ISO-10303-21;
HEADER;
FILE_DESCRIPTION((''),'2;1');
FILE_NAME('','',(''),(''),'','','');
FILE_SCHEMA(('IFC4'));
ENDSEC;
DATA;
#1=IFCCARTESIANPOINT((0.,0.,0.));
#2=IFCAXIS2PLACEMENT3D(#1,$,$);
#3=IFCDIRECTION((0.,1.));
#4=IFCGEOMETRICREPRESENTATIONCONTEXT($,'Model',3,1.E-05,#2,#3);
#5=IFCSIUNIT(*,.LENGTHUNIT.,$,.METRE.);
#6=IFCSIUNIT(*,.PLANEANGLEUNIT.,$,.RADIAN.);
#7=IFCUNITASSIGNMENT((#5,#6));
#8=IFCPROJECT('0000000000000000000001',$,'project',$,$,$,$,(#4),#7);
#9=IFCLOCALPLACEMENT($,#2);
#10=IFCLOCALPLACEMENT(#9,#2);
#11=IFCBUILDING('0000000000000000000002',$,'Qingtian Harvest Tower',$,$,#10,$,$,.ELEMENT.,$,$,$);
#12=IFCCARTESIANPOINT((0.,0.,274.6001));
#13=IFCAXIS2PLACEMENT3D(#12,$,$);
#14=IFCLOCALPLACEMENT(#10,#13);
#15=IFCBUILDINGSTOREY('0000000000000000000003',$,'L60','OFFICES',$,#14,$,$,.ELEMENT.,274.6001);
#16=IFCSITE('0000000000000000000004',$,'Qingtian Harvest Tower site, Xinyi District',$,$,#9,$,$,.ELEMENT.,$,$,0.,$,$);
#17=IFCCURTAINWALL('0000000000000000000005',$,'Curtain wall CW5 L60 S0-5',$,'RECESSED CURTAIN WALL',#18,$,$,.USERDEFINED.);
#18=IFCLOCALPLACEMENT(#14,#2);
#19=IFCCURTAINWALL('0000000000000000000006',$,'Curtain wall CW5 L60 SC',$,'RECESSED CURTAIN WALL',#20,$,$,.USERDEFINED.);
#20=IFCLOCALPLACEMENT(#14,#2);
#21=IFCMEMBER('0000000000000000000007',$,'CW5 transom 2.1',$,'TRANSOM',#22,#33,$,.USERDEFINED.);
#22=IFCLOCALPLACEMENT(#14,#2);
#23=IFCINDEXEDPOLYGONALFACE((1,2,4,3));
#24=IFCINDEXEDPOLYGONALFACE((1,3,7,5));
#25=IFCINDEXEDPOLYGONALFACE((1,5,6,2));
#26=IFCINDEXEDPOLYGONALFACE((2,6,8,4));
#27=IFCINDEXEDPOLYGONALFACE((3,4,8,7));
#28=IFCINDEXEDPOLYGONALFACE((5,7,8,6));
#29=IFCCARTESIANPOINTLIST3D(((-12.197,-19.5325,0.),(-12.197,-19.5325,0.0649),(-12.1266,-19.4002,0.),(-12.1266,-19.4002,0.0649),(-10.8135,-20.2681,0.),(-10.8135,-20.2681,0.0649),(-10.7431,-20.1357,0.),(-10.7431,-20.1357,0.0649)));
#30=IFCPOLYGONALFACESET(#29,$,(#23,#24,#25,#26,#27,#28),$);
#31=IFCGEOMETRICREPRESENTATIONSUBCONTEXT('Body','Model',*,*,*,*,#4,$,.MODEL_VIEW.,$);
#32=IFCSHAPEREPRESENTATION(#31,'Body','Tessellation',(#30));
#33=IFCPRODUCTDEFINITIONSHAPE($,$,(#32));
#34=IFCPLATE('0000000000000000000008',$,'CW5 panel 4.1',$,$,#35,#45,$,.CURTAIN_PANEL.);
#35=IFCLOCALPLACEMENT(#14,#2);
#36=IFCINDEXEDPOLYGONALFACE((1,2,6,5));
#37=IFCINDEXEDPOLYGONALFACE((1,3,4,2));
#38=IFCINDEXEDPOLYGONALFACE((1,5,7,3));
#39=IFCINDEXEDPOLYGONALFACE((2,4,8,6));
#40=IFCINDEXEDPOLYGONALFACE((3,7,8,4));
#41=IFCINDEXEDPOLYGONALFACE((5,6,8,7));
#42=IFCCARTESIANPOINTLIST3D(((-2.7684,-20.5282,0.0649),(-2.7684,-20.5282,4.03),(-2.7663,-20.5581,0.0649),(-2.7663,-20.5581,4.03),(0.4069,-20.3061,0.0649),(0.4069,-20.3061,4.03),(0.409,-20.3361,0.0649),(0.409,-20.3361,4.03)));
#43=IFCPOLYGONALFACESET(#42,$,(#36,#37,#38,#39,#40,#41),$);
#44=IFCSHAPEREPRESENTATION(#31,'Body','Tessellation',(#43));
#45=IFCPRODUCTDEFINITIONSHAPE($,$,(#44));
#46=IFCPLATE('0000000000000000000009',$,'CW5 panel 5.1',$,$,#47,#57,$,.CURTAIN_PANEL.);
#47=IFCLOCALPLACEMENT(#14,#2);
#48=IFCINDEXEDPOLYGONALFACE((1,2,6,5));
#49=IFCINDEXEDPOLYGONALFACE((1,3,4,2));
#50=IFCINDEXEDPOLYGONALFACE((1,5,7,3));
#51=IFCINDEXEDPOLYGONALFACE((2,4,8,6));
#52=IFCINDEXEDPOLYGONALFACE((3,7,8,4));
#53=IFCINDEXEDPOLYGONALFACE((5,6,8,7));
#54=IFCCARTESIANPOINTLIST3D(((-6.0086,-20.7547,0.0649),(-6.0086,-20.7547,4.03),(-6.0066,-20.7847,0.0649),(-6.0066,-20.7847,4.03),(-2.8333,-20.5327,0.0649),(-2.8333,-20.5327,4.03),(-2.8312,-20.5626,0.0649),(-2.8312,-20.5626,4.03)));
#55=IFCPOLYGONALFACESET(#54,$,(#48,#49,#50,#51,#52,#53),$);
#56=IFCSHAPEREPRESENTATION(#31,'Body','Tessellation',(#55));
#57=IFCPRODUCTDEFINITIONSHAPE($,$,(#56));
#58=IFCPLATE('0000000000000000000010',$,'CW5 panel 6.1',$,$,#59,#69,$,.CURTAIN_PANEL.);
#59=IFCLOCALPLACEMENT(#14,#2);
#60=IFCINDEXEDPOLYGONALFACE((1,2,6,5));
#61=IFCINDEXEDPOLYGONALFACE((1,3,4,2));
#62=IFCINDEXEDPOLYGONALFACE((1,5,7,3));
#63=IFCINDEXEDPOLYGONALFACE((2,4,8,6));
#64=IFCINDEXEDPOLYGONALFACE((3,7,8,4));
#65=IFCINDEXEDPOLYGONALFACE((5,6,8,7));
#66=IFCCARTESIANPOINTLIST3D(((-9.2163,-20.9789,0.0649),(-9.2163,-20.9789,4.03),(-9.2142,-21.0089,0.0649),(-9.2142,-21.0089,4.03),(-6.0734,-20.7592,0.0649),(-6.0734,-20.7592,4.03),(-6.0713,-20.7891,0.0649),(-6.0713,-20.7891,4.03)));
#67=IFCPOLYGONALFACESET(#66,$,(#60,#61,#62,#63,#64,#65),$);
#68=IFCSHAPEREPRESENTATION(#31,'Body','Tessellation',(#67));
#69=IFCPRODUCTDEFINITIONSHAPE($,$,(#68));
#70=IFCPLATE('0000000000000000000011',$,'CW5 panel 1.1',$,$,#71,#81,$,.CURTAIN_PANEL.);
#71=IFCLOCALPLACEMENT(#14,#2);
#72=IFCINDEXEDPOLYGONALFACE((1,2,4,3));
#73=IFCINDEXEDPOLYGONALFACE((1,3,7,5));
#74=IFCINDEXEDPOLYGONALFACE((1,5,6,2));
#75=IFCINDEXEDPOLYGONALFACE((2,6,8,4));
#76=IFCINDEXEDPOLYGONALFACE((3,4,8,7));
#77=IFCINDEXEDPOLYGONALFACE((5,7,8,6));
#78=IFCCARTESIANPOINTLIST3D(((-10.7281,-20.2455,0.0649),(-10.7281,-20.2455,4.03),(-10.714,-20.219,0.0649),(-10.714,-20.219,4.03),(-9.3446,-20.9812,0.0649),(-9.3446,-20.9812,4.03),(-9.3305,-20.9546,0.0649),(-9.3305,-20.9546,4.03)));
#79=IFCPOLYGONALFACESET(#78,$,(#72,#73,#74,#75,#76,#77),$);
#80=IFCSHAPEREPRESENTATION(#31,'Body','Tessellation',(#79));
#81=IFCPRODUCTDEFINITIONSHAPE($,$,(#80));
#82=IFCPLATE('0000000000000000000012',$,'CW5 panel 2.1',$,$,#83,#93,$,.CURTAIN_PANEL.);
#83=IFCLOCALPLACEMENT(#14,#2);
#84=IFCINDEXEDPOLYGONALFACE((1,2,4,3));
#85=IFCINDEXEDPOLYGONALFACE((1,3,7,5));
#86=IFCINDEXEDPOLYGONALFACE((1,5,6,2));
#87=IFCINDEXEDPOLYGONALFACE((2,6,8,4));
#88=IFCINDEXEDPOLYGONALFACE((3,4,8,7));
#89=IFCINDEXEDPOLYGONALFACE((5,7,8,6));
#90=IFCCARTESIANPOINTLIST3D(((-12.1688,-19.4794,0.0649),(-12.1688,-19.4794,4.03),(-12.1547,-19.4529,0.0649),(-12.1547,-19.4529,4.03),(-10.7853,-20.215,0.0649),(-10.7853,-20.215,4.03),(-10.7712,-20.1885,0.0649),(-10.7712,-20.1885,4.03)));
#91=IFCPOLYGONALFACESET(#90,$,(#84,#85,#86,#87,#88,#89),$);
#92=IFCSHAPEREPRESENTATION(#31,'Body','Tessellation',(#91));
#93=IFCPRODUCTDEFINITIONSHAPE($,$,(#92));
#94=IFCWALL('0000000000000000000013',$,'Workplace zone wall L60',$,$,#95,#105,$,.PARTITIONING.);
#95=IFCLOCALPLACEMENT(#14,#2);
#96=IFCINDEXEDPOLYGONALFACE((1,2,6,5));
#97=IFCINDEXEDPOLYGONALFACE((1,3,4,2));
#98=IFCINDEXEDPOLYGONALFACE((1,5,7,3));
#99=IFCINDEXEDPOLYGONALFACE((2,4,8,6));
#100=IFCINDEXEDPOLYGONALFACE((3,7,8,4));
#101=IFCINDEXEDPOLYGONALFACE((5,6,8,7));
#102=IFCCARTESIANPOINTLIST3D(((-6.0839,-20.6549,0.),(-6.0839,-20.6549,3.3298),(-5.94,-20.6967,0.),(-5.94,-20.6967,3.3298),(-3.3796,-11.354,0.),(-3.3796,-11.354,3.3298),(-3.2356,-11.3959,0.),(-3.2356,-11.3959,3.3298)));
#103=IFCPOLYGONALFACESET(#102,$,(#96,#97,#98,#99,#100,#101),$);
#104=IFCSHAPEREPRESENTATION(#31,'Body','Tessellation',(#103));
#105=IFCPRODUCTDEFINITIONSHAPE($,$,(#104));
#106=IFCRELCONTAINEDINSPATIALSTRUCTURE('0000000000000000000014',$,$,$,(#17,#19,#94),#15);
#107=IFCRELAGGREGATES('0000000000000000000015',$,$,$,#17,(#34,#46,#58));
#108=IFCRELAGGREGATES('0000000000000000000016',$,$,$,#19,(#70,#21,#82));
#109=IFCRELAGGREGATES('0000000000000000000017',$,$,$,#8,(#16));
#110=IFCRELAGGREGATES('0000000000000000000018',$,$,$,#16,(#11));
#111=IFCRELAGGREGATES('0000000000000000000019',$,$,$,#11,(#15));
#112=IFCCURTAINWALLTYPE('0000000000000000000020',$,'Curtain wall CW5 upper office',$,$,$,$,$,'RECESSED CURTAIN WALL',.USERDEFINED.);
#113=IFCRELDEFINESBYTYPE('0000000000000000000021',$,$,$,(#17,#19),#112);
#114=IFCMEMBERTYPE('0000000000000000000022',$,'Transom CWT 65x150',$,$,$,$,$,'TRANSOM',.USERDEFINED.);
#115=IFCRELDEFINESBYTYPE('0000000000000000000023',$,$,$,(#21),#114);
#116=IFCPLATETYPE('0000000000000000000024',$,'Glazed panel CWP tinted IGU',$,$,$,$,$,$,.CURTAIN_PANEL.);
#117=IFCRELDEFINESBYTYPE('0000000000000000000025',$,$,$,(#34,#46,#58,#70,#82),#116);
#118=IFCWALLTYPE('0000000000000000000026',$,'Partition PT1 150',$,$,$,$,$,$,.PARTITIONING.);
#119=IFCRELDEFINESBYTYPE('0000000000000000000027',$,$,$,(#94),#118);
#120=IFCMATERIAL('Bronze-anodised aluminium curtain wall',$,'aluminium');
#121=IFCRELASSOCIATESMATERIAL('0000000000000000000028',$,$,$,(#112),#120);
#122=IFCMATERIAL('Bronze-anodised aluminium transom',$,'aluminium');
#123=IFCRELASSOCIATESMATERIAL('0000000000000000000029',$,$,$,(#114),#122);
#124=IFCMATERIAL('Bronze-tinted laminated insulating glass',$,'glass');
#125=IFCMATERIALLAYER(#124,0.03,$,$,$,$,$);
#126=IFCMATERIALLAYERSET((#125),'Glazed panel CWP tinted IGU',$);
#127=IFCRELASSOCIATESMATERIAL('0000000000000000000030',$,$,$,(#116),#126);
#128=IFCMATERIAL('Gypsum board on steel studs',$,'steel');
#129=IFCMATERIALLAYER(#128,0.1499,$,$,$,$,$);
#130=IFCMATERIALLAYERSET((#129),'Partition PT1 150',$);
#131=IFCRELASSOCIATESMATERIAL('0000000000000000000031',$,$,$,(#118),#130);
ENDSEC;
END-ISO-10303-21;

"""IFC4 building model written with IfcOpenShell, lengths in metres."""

from ifc_helpers import new_model, si_unit, direction, frame, frame_2d, origin, origin_2d, place, context, subcontext, project, spatial, rectangle, extrude, material, layer, layer_set, material_profile, profile_set, type_object, element, aggregate, save


model = new_model("IFC4")

# Units and contexts
model_context = context("Model", 3, precision=1e-05, world=origin(), true_north=direction((0.0, 1.0)))
body_context = subcontext(model_context, "Body", "Model", "MODEL_VIEW")
ifc_project = project(units=[si_unit("LENGTHUNIT", "METRE"), si_unit("PLANEANGLEUNIT", "RADIAN")], contexts=[model_context])

# Site, building, storey
site_placement = place(None, origin())
site = spatial("IfcSite", under=ifc_project, at=site_placement, Name="Qingtian Harvest Tower site, Xinyi District", CompositionType="ELEMENT", RefElevation=0.0)
building_placement = place(site_placement, origin())
building = spatial("IfcBuilding", under=site, at=building_placement, Name="Qingtian Harvest Tower", CompositionType="ELEMENT")
storey_placement = place(building_placement, frame((0.0, 0.0, 274.6001)))
storey = spatial("IfcBuildingStorey", under=building, at=storey_placement, Name="L60", Description="OFFICES", CompositionType="ELEMENT", Elevation=274.6001)

# Curtain walls
ifc_material_1 = material(Name="Bronze-anodised aluminium curtain wall", Category="aluminium")
curtain_wall_type = type_object("IfcCurtainWallType", Name="Curtain wall CW5 upper office", ElementType="RECESSED CURTAIN WALL", PredefinedType="USERDEFINED", material=ifc_material_1)
curtain_wall_1_placement = place(storey_placement, origin())
curtain_wall_1 = element("IfcCurtainWall", 1, at=curtain_wall_1_placement, inside=storey, type_object=curtain_wall_type, Name="Curtain wall CW5 L60 S0-5", ObjectType="RECESSED CURTAIN WALL", PredefinedType="USERDEFINED")
curtain_wall_2_placement = place(storey_placement, origin())
curtain_wall_2 = element("IfcCurtainWall", 2, at=curtain_wall_2_placement, inside=storey, type_object=curtain_wall_type, Name="Curtain wall CW5 L60 SC", ObjectType="RECESSED CURTAIN WALL", PredefinedType="USERDEFINED")

# Member
ifc_material_2 = material(Name="Bronze-anodised aluminium transom", Category="aluminium")
ifc_material_profile_1 = material_profile(ifc_material_2, rectangle(XDim=0.1499, YDim=0.0649, at=origin_2d()), Name="AL 65x150")
ifc_profile_set_1 = profile_set([ifc_material_profile_1], Name="Bronze-anodised aluminium transom")
member_type_1 = type_object("IfcMemberType", Name="Transom CWT 65x150", ElementType="TRANSOM", PredefinedType="USERDEFINED", material=ifc_profile_set_1)
member_1_placement = place(storey_placement, frame((-10.7783, -20.2019, 0.0325), z_axis=(-0.88296, 0.469448, 0.0), x_axis=(-0.469448, -0.88296, 0.0)))
member_1 = element("IfcMember", 3, at=member_1_placement, type_object=member_type_1, Name="CW5 transom 2.1", ObjectType="TRANSOM", PredefinedType="USERDEFINED", context=body_context, shape_type="SweptSolid", body=[
    extrude(rectangle(XDim=0.1499, YDim=0.0649, at=origin_2d()), origin(), (0.0, 0.0, 1.0), 1.5669),
])

# Plates
ifc_material_3 = material(Name="Bronze-tinted laminated insulating glass", Category="glass")
ifc_layer_1 = layer(ifc_material_3, 0.03)
ifc_layer_set_1 = layer_set([ifc_layer_1], Name="Glazed panel CWP tinted IGU")
plate_type = type_object("IfcPlateType", Name="Glazed panel CWP tinted IGU", PredefinedType="CURTAIN_PANEL", material=ifc_layer_set_1)
plate_1_placement = place(storey_placement, frame((-1.1797, -20.4321, 0.0649), z_axis=(0.0, 0.0, 1.0), x_axis=(-0.997564, -0.069756, 0.0)))
plate_1 = element("IfcPlate", 4, at=plate_1_placement, type_object=plate_type, Name="CW5 panel 4.1", PredefinedType="CURTAIN_PANEL", context=body_context, shape_type="SweptSolid", body=[
    extrude(rectangle(XDim=3.1831, YDim=0.03, at=origin_2d()), origin(), (0.0, 0.0, 1.0), 3.9651),
])
plate_2_placement = place(storey_placement, frame((-4.4199, -20.6587, 0.0649), z_axis=(0.0, 0.0, 1.0), x_axis=(-0.997564, -0.069756, 0.0)))
plate_2 = element("IfcPlate", 5, at=plate_2_placement, type_object=plate_type, Name="CW5 panel 5.1", PredefinedType="CURTAIN_PANEL", context=body_context, shape_type="SweptSolid", body=[
    extrude(rectangle(XDim=3.1831, YDim=0.03, at=origin_2d()), origin(), (0.0, 0.0, 1.0), 3.9651),
])
plate_3_placement = place(storey_placement, frame((-7.6438, -20.884, 0.0649), z_axis=(0.0, 0.0, 1.0), x_axis=(-0.997564, -0.069756, 0.0)))
plate_3 = element("IfcPlate", 6, at=plate_3_placement, type_object=plate_type, Name="CW5 panel 6.1", PredefinedType="CURTAIN_PANEL", context=body_context, shape_type="SweptSolid", body=[
    extrude(rectangle(XDim=3.1506, YDim=0.03, at=origin_2d()), origin(), (0.0, 0.0, 1.0), 3.9651),
])
aggregate(curtain_wall_1, [plate_1, plate_2, plate_3])
plate_4_placement = place(storey_placement, frame((-10.0293, -20.6001, 0.0649), z_axis=(0.0, 0.0, 1.0), x_axis=(-0.882948, 0.469472, 0.0)))
plate_4 = element("IfcPlate", 7, at=plate_4_placement, type_object=plate_type, Name="CW5 panel 1.1", PredefinedType="CURTAIN_PANEL", context=body_context, shape_type="SweptSolid", body=[
    extrude(rectangle(XDim=1.5669, YDim=0.03, at=origin_2d()), origin(), (0.0, 0.0, 1.0), 3.9651),
])
plate_5_placement = place(storey_placement, frame((-11.47, -19.834, 0.0649), z_axis=(0.0, 0.0, 1.0), x_axis=(-0.882948, 0.469472, 0.0)))
plate_5 = element("IfcPlate", 8, at=plate_5_placement, type_object=plate_type, Name="CW5 panel 2.1", PredefinedType="CURTAIN_PANEL", context=body_context, shape_type="SweptSolid", body=[
    extrude(rectangle(XDim=1.5669, YDim=0.03, at=origin_2d()), origin(), (0.0, 0.0, 1.0), 3.9651),
])
aggregate(curtain_wall_2, [plate_4, member_1, plate_5])

# Shared definitions
ifc_material_4 = material(Name="Gypsum board on steel studs", Category="steel")
ifc_layer_2 = layer(ifc_material_4, 0.1499)
ifc_layer_set_2 = layer_set([ifc_layer_2], Name="Partition PT1 150")
wall_type = type_object("IfcWallType", Name="Partition PT1 150", PredefinedType="PARTITIONING", material=ifc_layer_set_2)

# Wall
wall_1_placement = place(storey_placement, frame((-6.012, -20.6758, 0.0), z_axis=(0.0, 0.0, 1.0), x_axis=(0.279202, 0.960232, 0.0)))
element("IfcWall", 9, at=wall_1_placement, inside=storey, type_object=wall_type, Name="Workplace zone wall L60", PredefinedType="PARTITIONING", context=body_context, shape_type="SweptSolid", body=[
    extrude(rectangle(XDim=9.686, YDim=0.1499, at=frame_2d((4.843, 0.0))), origin(), (0.0, 0.0, 1.0), 3.3298),
])

save(model, "model.ifc")
